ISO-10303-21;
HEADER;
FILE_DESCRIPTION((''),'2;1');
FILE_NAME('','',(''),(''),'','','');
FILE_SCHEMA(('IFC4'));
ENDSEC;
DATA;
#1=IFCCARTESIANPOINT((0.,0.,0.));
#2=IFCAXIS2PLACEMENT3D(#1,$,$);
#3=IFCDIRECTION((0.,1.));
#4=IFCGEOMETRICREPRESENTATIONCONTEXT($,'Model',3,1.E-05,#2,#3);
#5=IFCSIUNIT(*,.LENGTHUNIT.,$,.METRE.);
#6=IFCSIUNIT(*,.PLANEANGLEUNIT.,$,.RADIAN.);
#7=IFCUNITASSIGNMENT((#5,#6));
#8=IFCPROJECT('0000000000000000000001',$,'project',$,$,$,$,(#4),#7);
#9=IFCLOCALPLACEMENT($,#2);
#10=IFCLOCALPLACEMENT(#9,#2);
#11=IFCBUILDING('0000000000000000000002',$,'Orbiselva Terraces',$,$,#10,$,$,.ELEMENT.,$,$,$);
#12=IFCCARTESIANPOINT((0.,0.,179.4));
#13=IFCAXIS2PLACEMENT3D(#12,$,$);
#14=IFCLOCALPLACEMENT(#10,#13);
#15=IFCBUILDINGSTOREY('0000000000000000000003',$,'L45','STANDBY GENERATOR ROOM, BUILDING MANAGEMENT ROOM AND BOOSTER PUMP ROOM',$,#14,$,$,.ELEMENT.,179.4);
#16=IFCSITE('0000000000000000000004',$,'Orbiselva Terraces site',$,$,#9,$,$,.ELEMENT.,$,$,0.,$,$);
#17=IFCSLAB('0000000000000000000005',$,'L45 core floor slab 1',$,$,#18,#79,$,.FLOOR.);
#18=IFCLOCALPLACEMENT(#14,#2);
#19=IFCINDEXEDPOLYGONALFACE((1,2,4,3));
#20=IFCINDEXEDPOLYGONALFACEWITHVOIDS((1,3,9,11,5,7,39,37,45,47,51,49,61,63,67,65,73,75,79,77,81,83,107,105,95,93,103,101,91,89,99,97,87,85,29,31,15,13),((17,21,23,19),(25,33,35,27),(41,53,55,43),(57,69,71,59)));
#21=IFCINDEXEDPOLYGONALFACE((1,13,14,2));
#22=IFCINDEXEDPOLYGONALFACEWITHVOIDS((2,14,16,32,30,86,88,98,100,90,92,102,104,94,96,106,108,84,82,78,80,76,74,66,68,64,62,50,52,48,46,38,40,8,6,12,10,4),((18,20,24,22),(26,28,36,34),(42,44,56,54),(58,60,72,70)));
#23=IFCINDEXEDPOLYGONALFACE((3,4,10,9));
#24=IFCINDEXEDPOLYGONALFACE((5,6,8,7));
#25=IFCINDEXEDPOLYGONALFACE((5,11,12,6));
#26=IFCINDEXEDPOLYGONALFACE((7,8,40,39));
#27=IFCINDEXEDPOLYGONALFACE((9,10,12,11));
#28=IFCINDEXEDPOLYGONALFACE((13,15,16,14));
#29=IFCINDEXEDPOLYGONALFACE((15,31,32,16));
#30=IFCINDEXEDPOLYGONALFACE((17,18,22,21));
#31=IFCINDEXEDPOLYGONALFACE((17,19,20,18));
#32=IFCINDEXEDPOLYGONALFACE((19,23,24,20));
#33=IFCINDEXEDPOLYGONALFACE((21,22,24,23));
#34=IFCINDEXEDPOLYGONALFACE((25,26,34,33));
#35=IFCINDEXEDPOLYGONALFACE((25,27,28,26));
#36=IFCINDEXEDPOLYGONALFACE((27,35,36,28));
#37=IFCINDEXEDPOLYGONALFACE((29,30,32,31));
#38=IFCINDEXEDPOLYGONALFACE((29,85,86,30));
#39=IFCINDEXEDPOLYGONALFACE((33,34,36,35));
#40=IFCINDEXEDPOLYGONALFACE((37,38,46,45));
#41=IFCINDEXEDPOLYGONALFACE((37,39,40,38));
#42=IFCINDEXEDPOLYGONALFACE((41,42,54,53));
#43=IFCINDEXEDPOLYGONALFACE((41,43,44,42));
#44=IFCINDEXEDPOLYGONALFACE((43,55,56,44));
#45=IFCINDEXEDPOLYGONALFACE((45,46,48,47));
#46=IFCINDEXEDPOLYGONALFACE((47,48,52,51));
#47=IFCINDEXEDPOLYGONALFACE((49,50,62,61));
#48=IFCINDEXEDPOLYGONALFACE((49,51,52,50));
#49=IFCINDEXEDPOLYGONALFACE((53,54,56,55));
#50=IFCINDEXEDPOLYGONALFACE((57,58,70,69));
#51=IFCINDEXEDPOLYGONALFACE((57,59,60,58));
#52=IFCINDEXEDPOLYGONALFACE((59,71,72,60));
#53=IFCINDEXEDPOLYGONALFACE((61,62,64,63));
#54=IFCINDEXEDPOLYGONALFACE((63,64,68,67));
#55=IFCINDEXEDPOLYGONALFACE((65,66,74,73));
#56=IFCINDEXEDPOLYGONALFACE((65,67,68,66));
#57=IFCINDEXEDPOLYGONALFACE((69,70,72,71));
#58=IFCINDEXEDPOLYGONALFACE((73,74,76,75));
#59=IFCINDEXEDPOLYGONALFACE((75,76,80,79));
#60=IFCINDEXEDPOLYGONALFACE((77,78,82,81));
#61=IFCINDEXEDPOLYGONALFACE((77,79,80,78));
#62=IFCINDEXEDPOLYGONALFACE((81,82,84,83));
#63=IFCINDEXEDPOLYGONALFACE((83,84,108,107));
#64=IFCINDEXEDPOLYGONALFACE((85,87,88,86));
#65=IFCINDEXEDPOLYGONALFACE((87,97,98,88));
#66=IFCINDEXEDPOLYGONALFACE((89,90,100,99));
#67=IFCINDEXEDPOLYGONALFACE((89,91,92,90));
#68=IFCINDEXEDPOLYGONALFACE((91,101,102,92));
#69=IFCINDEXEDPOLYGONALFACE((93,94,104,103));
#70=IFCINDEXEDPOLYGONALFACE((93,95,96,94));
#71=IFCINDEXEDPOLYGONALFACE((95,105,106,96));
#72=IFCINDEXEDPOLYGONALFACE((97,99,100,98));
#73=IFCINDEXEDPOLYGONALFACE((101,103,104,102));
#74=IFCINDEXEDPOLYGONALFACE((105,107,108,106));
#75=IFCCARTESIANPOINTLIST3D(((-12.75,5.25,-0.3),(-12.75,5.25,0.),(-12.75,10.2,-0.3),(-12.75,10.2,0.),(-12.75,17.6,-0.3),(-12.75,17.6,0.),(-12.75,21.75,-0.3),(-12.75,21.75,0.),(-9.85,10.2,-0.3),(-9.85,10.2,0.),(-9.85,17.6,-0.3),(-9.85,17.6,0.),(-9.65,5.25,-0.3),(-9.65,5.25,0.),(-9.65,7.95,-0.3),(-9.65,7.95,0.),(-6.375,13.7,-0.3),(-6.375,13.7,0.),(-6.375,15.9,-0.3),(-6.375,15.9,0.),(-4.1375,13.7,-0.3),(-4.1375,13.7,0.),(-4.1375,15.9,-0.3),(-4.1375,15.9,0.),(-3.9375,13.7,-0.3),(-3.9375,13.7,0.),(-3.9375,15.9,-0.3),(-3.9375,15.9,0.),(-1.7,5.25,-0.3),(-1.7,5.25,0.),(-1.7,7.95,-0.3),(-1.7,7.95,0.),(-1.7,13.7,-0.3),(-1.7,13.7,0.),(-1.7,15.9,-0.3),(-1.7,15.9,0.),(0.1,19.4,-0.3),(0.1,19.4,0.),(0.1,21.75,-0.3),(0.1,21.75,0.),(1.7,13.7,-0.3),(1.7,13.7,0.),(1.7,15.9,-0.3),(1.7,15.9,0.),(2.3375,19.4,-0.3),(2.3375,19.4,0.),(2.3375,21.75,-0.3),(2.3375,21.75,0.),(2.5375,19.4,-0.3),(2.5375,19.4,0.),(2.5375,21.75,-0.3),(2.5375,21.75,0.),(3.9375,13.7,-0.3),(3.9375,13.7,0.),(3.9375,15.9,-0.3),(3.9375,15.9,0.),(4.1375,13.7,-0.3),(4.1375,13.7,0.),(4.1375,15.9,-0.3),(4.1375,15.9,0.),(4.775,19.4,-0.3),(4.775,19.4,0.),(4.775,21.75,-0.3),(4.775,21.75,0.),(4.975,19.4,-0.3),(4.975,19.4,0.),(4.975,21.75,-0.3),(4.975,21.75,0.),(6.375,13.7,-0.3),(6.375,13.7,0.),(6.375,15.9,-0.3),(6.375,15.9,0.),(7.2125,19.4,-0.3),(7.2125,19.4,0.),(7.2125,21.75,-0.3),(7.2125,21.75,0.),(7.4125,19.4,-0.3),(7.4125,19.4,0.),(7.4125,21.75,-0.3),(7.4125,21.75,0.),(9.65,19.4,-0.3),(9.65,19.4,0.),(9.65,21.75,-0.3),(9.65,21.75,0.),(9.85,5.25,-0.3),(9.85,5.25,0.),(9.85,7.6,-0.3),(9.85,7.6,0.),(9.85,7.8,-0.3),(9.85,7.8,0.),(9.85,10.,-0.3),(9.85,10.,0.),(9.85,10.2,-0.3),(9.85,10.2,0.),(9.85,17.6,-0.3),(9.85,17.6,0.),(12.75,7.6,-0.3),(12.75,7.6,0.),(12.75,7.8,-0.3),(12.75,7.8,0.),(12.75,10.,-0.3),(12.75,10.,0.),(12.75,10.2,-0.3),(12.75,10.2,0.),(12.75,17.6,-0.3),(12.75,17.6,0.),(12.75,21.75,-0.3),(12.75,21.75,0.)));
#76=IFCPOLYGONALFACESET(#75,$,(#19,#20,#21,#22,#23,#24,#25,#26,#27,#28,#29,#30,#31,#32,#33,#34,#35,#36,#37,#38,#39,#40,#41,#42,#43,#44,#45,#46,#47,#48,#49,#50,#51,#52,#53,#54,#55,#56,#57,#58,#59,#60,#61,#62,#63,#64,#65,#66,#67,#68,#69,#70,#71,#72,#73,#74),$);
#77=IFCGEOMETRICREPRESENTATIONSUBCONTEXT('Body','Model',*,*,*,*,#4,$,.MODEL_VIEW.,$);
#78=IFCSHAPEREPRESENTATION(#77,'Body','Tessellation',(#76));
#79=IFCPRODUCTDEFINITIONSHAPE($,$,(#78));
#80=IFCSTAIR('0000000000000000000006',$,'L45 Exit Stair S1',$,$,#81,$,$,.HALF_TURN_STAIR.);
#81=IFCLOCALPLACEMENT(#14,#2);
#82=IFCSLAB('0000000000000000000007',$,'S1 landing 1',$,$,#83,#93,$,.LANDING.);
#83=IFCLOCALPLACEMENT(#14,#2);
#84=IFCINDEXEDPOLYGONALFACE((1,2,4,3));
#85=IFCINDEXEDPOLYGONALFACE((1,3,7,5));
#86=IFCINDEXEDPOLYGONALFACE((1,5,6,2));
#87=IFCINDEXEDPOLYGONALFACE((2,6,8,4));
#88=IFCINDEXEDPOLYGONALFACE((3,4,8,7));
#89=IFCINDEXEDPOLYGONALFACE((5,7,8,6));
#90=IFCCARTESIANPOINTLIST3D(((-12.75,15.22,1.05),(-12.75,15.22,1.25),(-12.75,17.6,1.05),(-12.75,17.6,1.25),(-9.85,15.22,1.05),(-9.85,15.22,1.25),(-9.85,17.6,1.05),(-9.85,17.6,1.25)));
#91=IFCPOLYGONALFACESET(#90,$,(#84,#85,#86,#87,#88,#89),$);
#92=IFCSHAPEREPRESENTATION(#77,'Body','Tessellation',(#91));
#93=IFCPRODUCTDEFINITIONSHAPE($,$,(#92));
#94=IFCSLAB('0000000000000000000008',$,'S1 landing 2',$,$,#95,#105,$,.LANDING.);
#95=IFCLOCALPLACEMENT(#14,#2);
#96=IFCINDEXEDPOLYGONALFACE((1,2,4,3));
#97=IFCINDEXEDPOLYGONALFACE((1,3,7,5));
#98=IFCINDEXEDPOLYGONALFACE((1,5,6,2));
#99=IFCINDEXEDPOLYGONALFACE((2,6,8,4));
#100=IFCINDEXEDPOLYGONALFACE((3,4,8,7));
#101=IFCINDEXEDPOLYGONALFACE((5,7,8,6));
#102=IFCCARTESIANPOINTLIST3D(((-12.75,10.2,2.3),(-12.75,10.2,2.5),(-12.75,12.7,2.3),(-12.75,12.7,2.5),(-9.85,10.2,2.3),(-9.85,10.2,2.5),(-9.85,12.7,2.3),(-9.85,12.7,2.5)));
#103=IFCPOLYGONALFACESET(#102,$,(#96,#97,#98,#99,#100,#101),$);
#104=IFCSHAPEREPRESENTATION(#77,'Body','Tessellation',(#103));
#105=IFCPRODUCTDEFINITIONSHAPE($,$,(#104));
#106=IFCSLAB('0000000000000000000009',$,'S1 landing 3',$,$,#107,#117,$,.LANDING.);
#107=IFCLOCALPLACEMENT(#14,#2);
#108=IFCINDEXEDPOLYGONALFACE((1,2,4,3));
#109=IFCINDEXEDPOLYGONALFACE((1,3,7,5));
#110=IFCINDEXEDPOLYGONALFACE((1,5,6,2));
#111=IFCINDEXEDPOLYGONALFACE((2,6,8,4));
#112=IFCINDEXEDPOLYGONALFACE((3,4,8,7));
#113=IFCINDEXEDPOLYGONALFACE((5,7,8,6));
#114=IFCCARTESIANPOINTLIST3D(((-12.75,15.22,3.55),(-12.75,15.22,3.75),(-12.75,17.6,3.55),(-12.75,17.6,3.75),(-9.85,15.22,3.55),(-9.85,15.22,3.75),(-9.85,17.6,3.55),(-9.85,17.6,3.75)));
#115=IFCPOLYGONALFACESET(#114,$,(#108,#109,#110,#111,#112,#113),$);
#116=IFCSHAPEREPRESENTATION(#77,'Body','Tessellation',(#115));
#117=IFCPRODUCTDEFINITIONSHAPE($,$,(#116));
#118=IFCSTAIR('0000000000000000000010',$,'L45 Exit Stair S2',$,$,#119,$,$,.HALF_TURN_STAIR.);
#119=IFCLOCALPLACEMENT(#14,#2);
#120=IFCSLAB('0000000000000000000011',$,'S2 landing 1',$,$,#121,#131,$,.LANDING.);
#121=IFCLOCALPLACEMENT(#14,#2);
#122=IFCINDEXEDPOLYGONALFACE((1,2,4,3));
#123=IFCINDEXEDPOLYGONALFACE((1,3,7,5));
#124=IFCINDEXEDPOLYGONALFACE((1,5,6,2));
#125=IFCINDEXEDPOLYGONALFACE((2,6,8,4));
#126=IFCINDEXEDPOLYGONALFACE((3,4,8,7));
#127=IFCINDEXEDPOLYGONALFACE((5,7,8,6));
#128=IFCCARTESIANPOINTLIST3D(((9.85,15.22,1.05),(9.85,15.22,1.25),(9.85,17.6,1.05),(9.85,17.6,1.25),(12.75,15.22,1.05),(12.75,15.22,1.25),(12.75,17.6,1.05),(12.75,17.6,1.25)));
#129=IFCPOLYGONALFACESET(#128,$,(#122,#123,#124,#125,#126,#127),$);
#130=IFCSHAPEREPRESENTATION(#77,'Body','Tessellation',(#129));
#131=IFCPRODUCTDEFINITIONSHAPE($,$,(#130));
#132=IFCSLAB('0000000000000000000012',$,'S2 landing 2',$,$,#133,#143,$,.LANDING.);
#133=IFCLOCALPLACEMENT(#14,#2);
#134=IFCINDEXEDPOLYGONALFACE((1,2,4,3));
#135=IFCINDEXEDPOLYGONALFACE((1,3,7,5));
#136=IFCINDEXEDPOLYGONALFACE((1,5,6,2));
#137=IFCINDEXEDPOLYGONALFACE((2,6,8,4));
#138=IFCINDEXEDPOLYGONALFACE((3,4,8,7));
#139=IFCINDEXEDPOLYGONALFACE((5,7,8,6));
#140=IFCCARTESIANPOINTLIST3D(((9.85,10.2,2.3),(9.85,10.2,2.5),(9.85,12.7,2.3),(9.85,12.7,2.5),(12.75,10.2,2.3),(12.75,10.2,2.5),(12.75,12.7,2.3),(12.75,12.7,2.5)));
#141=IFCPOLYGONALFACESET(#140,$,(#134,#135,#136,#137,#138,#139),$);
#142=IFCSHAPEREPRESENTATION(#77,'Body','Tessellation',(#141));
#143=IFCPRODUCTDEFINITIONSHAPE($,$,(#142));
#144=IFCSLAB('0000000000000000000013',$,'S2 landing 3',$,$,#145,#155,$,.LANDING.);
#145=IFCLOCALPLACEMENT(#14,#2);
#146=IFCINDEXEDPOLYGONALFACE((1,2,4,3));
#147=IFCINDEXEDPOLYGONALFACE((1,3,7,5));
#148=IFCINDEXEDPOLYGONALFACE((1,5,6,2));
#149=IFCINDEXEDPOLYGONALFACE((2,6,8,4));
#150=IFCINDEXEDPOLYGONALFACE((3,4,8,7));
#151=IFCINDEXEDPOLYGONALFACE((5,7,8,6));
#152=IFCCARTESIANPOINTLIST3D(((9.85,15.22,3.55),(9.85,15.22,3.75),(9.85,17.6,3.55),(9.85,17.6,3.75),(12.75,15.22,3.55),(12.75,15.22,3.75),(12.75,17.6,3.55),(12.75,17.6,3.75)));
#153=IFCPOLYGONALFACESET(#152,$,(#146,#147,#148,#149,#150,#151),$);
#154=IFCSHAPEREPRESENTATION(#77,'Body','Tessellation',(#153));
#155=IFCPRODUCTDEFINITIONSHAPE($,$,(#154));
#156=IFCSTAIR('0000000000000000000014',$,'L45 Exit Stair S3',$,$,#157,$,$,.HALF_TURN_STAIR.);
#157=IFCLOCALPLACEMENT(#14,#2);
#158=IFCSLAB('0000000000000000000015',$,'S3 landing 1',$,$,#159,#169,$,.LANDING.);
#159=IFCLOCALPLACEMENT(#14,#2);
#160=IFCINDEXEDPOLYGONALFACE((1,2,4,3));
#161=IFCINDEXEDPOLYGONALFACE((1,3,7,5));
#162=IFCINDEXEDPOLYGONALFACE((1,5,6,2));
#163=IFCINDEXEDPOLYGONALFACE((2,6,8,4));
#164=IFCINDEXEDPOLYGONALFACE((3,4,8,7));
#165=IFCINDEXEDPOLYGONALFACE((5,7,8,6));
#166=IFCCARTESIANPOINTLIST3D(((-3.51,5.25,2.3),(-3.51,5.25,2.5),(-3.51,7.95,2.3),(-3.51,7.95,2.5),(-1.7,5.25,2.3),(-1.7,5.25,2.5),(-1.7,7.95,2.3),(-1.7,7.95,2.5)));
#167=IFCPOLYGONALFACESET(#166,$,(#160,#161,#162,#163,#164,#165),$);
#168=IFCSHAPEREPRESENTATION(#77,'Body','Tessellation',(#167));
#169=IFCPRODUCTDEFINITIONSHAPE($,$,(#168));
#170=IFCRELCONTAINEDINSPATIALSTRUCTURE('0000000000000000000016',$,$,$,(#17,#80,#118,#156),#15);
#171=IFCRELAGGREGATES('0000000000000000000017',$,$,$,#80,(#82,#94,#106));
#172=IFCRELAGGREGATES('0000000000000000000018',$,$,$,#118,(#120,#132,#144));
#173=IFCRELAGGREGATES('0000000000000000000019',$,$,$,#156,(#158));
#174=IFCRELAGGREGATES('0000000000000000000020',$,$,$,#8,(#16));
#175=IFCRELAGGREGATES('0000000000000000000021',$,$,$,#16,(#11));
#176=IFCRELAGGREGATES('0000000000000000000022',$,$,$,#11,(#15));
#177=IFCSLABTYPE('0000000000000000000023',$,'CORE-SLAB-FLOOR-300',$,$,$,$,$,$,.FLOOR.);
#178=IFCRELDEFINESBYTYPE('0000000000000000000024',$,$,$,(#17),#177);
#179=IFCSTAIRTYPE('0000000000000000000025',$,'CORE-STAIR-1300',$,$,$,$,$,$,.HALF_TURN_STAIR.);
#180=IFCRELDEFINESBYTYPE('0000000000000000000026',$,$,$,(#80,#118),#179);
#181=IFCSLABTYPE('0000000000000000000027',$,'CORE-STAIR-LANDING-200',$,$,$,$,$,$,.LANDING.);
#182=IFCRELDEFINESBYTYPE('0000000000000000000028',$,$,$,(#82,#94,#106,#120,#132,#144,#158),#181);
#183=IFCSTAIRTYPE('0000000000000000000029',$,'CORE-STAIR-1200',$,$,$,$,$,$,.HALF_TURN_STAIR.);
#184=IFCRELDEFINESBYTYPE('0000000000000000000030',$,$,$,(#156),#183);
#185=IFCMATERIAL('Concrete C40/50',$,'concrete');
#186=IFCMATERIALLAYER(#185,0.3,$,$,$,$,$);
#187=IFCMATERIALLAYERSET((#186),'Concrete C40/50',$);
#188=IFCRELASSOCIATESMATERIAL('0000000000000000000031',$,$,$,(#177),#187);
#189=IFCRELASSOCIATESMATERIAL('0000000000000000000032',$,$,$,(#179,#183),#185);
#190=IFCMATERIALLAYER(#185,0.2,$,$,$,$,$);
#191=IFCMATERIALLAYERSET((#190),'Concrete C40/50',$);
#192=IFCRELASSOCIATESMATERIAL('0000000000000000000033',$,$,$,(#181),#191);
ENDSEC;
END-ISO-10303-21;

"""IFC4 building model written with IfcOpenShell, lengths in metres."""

from ifc_helpers import new_model, si_unit, direction, frame, origin, place, context, subcontext, project, spatial, polyline, outline, extrude, material, layer, layer_set, type_object, element, aggregate, save


model = new_model("IFC4")

# Units and contexts
model_context = context("Model", 3, precision=1e-05, world=origin(), true_north=direction((0.0, 1.0)))
body_context = subcontext(model_context, "Body", "Model", "MODEL_VIEW")
ifc_project = project(units=[si_unit("LENGTHUNIT", "METRE"), si_unit("PLANEANGLEUNIT", "RADIAN")], contexts=[model_context])

# Site, building, storey
site_placement = place(None, origin())
site = spatial("IfcSite", under=ifc_project, at=site_placement, Name="Orbiselva Terraces site", CompositionType="ELEMENT", RefElevation=0.0)
building_placement = place(site_placement, origin())
building = spatial("IfcBuilding", under=site, at=building_placement, Name="Orbiselva Terraces", CompositionType="ELEMENT")
storey_placement = place(building_placement, frame((0.0, 0.0, 179.4)))
storey = spatial("IfcBuildingStorey", under=building, at=storey_placement, Name="L45", Description="STANDBY GENERATOR ROOM, BUILDING MANAGEMENT ROOM AND BOOSTER PUMP ROOM", CompositionType="ELEMENT", Elevation=179.4)

# Slab
ifc_material_1 = material(Name="Concrete C40/50", Category="concrete")
ifc_layer_1 = layer(ifc_material_1, 0.3)
ifc_layer_set_1 = layer_set([ifc_layer_1], Name="Concrete C40/50")
slab_type_1 = type_object("IfcSlabType", Name="CORE-SLAB-FLOOR-300", PredefinedType="FLOOR", material=ifc_layer_set_1)
slab_1_placement = place(storey_placement, frame((0.0, 0.0, -0.3)))
element("IfcSlab", 1, at=slab_1_placement, inside=storey, type_object=slab_type_1, Name="L45 core floor slab 1", PredefinedType="FLOOR", context=body_context, shape_type="SweptSolid", body=[
    extrude(outline(polyline([(-1.7, 5.25), (-1.7, 7.95), (-9.65, 7.95), (-9.65, 5.25), (-12.75, 5.25), (-12.75, 10.2), (-9.85, 10.2), (-9.85, 17.6), (-12.75, 17.6), (-12.75, 21.75), (0.1, 21.75), (0.1, 19.4), (2.3375, 19.4), (2.3375, 21.75), (2.5375, 21.75), (2.5375, 19.4), (4.775, 19.4), (4.775, 21.75), (4.975, 21.75), (4.975, 19.4), (7.2125, 19.4), (7.2125, 21.75), (7.4125, 21.75), (7.4125, 19.4), (9.65, 19.4), (9.65, 21.75), (12.75, 21.75), (12.75, 17.6), (9.85, 17.6), (9.85, 10.2), (12.75, 10.2), (12.75, 10.0), (9.85, 10.0), (9.85, 7.8), (12.75, 7.8), (12.75, 7.6), (9.85, 7.6), (9.85, 5.25), (-1.7, 5.25)]), holes=[polyline([(-4.1375, 13.7), (-4.1375, 15.9), (-6.375, 15.9), (-6.375, 13.7), (-4.1375, 13.7)]), polyline([(-1.7, 13.7), (-1.7, 15.9), (-3.9375, 15.9), (-3.9375, 13.7), (-1.7, 13.7)]), polyline([(3.9375, 15.9), (1.7, 15.9), (1.7, 13.7), (3.9375, 13.7), (3.9375, 15.9)]), polyline([(6.375, 13.7), (6.375, 15.9), (4.1375, 15.9), (4.1375, 13.7), (6.375, 13.7)])]), origin(), (0.0, 0.0, 1.0), 0.3),
])

# Stairs, slabs
stair_type_1 = type_object("IfcStairType", Name="CORE-STAIR-1300", PredefinedType="HALF_TURN_STAIR", material=ifc_material_1)
stair_1_placement = place(storey_placement, origin())
stair_1 = element("IfcStair", 2, at=stair_1_placement, inside=storey, type_object=stair_type_1, Name="L45 Exit Stair S1", PredefinedType="HALF_TURN_STAIR")
ifc_layer_2 = layer(ifc_material_1, 0.2)
ifc_layer_set_2 = layer_set([ifc_layer_2], Name="Concrete C40/50")
slab_type_2 = type_object("IfcSlabType", Name="CORE-STAIR-LANDING-200", PredefinedType="LANDING", material=ifc_layer_set_2)
slab_2_placement = place(storey_placement, frame((0.0, 0.0, 1.05)))
slab_2 = element("IfcSlab", 3, at=slab_2_placement, type_object=slab_type_2, Name="S1 landing 1", PredefinedType="LANDING", context=body_context, shape_type="SweptSolid", body=[
    extrude(outline(polyline([(-9.85, 15.22), (-9.85, 17.6), (-12.75, 17.6), (-12.75, 15.22), (-9.85, 15.22)])), origin(), (0.0, 0.0, 1.0), 0.2),
])
slab_3_placement = place(storey_placement, frame((0.0, 0.0, 2.3)))
slab_3 = element("IfcSlab", 4, at=slab_3_placement, type_object=slab_type_2, Name="S1 landing 2", PredefinedType="LANDING", context=body_context, shape_type="SweptSolid", body=[
    extrude(outline(polyline([(-9.85, 10.2), (-9.85, 12.7), (-12.75, 12.7), (-12.75, 10.2), (-9.85, 10.2)])), origin(), (0.0, 0.0, 1.0), 0.2),
])
slab_4_placement = place(storey_placement, frame((0.0, 0.0, 3.55)))
slab_4 = element("IfcSlab", 5, at=slab_4_placement, type_object=slab_type_2, Name="S1 landing 3", PredefinedType="LANDING", context=body_context, shape_type="SweptSolid", body=[
    extrude(outline(polyline([(-9.85, 15.22), (-9.85, 17.6), (-12.75, 17.6), (-12.75, 15.22), (-9.85, 15.22)])), origin(), (0.0, 0.0, 1.0), 0.2),
])
aggregate(stair_1, [slab_2, slab_3, slab_4])
stair_2_placement = place(storey_placement, origin())
stair_2 = element("IfcStair", 6, at=stair_2_placement, inside=storey, type_object=stair_type_1, Name="L45 Exit Stair S2", PredefinedType="HALF_TURN_STAIR")
slab_5_placement = place(storey_placement, frame((0.0, 0.0, 1.05)))
slab_5 = element("IfcSlab", 7, at=slab_5_placement, type_object=slab_type_2, Name="S2 landing 1", PredefinedType="LANDING", context=body_context, shape_type="SweptSolid", body=[
    extrude(outline(polyline([(12.75, 15.22), (12.75, 17.6), (9.85, 17.6), (9.85, 15.22), (12.75, 15.22)])), origin(), (0.0, 0.0, 1.0), 0.2),
])
slab_6_placement = place(storey_placement, frame((0.0, 0.0, 2.3)))
slab_6 = element("IfcSlab", 8, at=slab_6_placement, type_object=slab_type_2, Name="S2 landing 2", PredefinedType="LANDING", context=body_context, shape_type="SweptSolid", body=[
    extrude(outline(polyline([(12.75, 10.2), (12.75, 12.7), (9.85, 12.7), (9.85, 10.2), (12.75, 10.2)])), origin(), (0.0, 0.0, 1.0), 0.2),
])
slab_7_placement = place(storey_placement, frame((0.0, 0.0, 3.55)))
slab_7 = element("IfcSlab", 9, at=slab_7_placement, type_object=slab_type_2, Name="S2 landing 3", PredefinedType="LANDING", context=body_context, shape_type="SweptSolid", body=[
    extrude(outline(polyline([(12.75, 15.22), (12.75, 17.6), (9.85, 17.6), (9.85, 15.22), (12.75, 15.22)])), origin(), (0.0, 0.0, 1.0), 0.2),
])
aggregate(stair_2, [slab_5, slab_6, slab_7])

# Stair, slab
stair_type_2 = type_object("IfcStairType", Name="CORE-STAIR-1200", PredefinedType="HALF_TURN_STAIR", material=ifc_material_1)
stair_3_placement = place(storey_placement, origin())
stair_3 = element("IfcStair", 10, at=stair_3_placement, inside=storey, type_object=stair_type_2, Name="L45 Exit Stair S3", PredefinedType="HALF_TURN_STAIR")
slab_8_placement = place(storey_placement, frame((0.0, 0.0, 2.3)))
slab_8 = element("IfcSlab", 11, at=slab_8_placement, type_object=slab_type_2, Name="S3 landing 1", PredefinedType="LANDING", context=body_context, shape_type="SweptSolid", body=[
    extrude(outline(polyline([(-3.51, 5.25), (-1.7, 5.25), (-1.7, 7.95), (-3.51, 7.95), (-3.51, 5.25)])), origin(), (0.0, 0.0, 1.0), 0.2),
])
aggregate(stair_3, [slab_8])

save(model, "model.ifc")
